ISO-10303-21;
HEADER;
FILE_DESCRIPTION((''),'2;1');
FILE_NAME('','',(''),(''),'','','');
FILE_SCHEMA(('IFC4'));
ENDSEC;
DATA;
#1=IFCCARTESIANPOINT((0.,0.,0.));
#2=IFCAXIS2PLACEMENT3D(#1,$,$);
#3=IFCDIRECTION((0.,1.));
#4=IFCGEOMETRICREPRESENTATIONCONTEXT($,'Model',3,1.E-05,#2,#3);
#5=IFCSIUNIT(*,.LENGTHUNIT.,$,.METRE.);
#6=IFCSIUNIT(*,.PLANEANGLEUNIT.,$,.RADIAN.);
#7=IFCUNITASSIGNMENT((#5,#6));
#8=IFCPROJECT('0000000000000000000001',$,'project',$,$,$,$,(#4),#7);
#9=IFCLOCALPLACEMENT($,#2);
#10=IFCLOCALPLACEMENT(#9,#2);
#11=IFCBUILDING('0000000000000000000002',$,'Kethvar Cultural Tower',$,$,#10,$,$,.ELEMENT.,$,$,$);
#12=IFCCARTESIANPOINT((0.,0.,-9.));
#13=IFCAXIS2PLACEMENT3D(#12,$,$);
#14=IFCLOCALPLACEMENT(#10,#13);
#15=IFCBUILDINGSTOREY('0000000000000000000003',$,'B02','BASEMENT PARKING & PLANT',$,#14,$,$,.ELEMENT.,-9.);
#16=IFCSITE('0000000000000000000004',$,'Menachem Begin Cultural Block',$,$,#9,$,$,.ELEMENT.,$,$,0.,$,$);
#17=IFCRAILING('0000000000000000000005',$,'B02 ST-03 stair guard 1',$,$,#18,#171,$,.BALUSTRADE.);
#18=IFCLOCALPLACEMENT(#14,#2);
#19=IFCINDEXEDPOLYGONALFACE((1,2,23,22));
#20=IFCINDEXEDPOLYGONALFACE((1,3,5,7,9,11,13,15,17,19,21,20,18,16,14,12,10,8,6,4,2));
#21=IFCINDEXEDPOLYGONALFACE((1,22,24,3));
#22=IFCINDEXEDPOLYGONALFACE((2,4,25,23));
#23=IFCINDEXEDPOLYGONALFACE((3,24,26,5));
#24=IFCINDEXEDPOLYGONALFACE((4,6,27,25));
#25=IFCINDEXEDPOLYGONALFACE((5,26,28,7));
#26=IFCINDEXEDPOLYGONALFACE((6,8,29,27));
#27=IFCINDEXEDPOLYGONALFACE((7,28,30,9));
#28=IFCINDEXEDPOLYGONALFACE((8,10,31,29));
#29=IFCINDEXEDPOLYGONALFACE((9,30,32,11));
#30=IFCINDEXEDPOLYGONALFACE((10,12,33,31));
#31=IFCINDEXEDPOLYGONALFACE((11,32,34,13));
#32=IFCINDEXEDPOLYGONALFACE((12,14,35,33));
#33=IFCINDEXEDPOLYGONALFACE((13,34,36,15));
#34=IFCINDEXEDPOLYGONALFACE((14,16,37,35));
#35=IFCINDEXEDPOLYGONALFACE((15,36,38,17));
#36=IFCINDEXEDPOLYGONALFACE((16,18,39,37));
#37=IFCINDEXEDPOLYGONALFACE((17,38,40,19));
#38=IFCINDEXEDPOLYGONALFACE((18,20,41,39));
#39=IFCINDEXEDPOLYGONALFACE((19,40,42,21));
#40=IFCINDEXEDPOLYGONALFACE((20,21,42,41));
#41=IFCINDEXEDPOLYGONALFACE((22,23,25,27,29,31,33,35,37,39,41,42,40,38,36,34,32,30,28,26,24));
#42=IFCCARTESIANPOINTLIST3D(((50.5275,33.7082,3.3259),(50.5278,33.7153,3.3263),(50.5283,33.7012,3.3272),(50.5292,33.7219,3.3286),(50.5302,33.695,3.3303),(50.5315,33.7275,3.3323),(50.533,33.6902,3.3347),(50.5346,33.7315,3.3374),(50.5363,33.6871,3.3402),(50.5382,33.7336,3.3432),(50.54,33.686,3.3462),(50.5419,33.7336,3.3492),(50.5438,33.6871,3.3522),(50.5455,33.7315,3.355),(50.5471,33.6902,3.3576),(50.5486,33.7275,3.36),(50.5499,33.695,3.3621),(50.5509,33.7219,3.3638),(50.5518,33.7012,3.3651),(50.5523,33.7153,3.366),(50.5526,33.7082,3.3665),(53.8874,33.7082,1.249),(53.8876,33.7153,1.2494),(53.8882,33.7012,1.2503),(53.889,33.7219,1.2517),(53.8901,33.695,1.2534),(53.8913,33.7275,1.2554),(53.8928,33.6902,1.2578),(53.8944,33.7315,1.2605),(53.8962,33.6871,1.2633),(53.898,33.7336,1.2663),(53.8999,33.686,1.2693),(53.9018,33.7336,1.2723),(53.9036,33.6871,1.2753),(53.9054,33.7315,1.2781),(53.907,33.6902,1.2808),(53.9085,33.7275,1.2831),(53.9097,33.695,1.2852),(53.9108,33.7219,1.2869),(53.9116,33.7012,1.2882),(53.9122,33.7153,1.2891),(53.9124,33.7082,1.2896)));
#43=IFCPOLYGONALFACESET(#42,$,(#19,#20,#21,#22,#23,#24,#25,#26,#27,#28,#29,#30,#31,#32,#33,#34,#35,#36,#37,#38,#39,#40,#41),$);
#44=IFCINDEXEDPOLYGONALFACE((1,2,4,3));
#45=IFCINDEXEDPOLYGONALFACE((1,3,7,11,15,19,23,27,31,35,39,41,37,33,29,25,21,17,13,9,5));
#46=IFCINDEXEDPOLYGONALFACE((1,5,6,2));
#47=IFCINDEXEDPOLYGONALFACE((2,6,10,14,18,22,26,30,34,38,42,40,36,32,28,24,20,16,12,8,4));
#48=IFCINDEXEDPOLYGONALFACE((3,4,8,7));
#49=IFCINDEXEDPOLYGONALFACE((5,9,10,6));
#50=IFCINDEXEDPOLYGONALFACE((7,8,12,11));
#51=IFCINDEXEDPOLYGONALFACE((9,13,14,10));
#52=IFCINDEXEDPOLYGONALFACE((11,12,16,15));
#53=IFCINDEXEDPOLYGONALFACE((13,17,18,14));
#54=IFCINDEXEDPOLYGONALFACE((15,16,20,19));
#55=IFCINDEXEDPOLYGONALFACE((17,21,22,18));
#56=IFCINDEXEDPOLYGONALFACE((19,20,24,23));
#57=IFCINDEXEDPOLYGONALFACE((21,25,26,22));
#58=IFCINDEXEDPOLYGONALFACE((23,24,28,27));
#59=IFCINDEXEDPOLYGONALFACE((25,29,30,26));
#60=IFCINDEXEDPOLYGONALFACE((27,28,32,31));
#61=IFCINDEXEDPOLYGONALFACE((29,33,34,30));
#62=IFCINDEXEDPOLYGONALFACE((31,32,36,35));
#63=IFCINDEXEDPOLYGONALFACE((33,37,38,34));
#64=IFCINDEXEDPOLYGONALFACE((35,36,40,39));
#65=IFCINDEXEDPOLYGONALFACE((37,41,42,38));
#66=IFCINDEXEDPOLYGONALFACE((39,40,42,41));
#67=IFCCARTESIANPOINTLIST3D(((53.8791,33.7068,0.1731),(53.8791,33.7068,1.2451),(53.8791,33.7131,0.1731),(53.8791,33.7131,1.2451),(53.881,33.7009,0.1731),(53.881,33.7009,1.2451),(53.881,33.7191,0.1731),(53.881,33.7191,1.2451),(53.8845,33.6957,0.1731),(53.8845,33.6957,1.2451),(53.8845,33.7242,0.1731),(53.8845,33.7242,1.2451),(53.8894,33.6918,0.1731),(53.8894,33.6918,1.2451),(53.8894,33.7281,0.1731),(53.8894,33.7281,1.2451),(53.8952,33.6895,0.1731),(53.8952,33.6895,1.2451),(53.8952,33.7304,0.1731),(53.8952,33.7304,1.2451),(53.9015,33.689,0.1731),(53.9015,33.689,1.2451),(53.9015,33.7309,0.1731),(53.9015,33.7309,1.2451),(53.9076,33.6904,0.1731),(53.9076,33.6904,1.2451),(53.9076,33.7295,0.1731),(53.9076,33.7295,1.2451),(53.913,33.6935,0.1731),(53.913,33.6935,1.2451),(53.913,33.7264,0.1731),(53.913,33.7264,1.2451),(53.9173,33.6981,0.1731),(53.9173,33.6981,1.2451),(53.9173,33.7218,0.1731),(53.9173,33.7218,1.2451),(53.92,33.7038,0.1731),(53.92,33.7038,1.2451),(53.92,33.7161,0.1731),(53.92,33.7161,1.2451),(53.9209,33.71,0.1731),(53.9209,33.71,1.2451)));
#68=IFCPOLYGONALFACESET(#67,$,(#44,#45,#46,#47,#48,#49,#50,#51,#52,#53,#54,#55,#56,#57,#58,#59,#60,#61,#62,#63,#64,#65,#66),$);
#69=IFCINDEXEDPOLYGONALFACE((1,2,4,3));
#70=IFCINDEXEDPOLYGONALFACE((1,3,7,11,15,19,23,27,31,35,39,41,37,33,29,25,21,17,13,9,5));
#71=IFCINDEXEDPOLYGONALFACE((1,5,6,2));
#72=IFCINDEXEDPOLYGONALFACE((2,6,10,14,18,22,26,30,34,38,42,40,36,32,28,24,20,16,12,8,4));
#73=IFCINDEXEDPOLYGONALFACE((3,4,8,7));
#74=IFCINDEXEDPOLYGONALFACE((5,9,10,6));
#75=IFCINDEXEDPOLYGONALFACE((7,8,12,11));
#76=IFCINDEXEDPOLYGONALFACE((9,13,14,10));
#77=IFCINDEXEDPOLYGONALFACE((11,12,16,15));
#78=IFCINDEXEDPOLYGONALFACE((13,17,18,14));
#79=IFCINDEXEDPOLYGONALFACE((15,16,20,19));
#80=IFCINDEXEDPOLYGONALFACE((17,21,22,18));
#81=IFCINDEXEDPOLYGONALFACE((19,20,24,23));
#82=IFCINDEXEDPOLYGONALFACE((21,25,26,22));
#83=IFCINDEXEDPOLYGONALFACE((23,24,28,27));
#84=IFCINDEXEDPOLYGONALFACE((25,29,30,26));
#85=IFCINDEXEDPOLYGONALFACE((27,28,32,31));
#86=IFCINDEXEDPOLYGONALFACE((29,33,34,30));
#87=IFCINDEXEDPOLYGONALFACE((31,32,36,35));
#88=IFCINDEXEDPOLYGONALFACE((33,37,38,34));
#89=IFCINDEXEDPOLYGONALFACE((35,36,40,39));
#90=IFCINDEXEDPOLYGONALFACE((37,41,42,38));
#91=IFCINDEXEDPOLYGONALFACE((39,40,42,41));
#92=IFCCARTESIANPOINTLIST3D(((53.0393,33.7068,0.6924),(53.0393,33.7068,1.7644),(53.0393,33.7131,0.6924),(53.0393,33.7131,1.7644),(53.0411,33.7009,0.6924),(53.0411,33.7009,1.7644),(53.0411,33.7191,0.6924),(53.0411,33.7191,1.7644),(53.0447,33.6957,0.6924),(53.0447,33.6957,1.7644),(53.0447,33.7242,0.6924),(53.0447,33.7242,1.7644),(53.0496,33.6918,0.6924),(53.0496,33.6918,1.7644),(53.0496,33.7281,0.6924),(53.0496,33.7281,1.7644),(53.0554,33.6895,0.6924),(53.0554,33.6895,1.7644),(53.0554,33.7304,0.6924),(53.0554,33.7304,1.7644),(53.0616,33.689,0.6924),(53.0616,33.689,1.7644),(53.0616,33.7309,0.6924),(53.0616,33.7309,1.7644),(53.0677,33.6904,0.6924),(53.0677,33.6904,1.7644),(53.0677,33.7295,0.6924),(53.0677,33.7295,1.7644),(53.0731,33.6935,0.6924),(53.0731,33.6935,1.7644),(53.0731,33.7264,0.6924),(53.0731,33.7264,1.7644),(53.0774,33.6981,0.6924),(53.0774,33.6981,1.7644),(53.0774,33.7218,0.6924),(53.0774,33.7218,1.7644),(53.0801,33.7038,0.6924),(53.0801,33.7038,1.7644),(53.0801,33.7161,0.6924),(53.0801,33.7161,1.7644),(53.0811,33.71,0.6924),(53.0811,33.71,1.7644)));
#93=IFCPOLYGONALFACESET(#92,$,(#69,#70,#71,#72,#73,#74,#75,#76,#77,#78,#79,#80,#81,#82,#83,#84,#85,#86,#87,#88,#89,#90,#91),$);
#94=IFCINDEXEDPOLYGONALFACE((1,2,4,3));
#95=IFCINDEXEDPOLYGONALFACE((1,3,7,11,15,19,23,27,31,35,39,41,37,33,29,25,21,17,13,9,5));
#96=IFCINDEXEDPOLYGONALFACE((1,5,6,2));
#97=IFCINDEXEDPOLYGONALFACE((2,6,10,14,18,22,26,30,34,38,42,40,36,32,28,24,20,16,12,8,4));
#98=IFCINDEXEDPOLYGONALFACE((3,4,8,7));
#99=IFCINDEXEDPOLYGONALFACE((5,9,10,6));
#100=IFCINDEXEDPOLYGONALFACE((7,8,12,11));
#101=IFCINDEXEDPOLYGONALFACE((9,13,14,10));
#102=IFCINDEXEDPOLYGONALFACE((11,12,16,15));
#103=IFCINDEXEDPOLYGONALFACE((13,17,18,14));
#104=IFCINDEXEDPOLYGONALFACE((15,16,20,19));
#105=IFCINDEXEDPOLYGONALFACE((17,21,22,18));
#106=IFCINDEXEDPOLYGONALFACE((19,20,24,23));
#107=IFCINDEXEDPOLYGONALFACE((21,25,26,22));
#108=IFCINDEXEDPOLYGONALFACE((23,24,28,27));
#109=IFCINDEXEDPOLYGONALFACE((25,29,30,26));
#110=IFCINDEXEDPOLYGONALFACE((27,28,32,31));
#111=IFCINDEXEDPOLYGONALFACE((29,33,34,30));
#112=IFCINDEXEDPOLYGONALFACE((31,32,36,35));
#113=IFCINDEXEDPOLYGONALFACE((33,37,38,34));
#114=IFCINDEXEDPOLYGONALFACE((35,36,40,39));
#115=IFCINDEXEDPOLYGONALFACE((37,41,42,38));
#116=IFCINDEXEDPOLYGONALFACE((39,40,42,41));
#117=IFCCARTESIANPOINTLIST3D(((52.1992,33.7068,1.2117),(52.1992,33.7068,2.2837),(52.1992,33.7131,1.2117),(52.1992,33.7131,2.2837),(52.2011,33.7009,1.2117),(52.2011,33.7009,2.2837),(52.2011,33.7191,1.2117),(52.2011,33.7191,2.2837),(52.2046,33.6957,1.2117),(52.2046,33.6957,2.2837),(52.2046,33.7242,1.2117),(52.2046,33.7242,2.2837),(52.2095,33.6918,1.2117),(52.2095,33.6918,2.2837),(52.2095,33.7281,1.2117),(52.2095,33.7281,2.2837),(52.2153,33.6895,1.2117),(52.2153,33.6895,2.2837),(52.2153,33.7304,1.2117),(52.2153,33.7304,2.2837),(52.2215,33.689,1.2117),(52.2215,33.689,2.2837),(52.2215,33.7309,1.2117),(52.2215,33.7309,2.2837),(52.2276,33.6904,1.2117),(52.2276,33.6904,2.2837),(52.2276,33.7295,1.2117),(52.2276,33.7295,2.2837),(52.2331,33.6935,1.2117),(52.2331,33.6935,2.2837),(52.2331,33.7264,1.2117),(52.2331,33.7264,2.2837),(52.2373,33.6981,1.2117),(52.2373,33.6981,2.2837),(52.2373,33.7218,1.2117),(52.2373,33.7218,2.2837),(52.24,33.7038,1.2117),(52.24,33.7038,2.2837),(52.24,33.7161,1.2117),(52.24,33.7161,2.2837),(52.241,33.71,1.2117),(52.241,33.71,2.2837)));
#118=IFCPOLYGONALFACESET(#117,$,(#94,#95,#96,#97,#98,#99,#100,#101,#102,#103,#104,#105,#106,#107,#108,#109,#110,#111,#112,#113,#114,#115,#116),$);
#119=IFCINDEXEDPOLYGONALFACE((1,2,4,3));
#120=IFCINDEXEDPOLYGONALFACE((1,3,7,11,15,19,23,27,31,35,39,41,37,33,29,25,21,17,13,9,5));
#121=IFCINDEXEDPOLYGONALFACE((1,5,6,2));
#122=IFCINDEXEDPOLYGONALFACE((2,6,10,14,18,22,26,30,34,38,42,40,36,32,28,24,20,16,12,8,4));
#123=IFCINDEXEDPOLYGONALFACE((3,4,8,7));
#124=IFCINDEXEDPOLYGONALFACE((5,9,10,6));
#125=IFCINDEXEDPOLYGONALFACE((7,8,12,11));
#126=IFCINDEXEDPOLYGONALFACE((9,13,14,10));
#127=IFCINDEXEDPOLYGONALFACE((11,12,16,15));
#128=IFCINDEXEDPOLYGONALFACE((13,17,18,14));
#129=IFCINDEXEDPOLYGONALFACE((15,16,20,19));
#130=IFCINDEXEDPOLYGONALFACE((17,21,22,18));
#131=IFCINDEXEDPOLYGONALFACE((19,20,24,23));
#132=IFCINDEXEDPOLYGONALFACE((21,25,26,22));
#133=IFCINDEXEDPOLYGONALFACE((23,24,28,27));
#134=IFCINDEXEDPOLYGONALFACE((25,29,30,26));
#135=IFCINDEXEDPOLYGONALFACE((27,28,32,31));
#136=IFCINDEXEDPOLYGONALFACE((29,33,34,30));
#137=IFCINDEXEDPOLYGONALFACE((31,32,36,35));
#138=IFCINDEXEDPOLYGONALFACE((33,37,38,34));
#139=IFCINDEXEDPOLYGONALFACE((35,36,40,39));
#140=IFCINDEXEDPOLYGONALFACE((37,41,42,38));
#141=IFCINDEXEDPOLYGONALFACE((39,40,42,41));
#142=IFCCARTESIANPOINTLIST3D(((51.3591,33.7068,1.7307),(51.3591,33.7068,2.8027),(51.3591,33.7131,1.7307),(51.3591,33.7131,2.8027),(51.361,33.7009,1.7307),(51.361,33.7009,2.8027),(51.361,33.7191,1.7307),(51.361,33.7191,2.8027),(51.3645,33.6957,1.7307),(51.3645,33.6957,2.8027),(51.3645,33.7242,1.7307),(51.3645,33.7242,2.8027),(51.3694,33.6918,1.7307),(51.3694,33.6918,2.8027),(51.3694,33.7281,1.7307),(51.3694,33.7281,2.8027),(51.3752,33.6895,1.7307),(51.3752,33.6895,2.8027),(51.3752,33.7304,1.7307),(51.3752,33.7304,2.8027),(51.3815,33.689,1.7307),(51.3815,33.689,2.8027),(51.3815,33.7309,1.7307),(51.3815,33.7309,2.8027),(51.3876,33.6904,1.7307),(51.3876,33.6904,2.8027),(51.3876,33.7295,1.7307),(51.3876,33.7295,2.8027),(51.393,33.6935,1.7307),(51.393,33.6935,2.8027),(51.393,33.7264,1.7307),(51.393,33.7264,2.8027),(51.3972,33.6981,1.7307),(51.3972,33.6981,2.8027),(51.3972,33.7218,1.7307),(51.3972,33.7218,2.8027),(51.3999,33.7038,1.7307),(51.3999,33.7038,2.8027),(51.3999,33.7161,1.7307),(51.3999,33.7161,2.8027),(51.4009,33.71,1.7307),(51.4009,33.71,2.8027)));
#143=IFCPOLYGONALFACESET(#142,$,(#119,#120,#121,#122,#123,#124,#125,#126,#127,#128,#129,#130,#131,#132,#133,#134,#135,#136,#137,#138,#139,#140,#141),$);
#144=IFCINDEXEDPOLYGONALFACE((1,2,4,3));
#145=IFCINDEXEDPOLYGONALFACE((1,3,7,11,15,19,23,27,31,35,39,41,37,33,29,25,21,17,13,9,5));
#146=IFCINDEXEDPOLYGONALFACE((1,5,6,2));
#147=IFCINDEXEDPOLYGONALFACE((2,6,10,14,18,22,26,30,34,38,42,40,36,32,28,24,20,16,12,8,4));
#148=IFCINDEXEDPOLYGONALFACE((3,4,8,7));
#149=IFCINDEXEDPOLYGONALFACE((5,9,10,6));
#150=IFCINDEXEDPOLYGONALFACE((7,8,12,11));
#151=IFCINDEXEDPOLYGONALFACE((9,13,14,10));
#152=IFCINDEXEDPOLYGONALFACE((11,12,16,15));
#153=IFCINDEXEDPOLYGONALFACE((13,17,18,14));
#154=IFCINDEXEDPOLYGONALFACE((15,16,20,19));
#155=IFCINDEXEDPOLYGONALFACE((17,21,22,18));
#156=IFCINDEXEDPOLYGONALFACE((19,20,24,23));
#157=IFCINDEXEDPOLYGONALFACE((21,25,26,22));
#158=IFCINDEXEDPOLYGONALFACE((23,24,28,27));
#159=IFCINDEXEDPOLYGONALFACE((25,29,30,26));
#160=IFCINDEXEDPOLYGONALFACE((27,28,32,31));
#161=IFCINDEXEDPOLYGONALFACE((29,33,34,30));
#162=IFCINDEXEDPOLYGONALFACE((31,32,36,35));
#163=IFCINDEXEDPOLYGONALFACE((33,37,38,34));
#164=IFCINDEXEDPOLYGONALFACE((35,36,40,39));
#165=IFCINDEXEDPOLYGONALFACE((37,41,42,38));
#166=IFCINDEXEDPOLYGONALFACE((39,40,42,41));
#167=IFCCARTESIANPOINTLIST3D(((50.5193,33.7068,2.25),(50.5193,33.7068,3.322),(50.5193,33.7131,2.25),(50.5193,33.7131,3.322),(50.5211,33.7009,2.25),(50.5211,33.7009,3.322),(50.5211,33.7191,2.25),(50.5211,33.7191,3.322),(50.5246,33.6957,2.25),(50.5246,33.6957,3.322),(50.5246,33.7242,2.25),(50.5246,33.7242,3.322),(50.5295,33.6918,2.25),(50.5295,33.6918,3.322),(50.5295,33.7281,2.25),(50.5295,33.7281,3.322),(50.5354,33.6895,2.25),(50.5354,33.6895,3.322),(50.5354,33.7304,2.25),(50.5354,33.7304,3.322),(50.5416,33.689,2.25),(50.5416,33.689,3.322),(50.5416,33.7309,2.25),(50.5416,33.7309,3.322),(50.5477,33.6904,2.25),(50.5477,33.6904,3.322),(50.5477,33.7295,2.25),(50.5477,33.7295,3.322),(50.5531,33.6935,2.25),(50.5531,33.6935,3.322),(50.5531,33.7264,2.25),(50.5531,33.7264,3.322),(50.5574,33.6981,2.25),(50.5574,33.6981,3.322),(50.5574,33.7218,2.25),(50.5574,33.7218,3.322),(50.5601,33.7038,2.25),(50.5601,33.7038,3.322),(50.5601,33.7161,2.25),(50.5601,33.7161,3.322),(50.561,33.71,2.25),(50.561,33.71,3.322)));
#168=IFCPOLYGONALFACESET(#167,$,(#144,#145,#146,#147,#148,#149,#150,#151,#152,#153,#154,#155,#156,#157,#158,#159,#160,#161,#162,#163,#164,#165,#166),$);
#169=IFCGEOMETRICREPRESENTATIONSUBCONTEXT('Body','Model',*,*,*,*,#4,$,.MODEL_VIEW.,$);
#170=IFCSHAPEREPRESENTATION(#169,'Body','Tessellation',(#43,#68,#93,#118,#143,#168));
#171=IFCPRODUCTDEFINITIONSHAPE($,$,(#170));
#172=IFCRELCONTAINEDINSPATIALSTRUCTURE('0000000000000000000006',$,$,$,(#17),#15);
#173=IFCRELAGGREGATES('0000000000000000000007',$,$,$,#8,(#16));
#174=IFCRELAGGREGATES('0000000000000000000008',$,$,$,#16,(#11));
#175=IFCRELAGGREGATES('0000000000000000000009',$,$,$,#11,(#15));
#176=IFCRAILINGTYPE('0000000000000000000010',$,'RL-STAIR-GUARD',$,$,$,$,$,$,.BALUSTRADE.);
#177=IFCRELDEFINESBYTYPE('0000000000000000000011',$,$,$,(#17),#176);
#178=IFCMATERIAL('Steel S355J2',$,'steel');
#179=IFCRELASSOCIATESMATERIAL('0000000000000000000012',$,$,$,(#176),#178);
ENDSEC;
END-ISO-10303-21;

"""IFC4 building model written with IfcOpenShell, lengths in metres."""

from ifc_helpers import new_model, si_unit, direction, frame, origin, origin_2d, place, context, subcontext, project, spatial, circle, extrude, material, type_object, element, save


model = new_model("IFC4")

# Units and contexts
model_context = context("Model", 3, precision=1e-05, world=origin(), true_north=direction((0.0, 1.0)))
body_context = subcontext(model_context, "Body", "Model", "MODEL_VIEW")
ifc_project = project(units=[si_unit("LENGTHUNIT", "METRE"), si_unit("PLANEANGLEUNIT", "RADIAN")], contexts=[model_context])

# Site, building, storey
site_placement = place(None, origin())
site = spatial("IfcSite", under=ifc_project, at=site_placement, Name="Menachem Begin Cultural Block", CompositionType="ELEMENT", RefElevation=0.0)
building_placement = place(site_placement, origin())
building = spatial("IfcBuilding", under=site, at=building_placement, Name="Kethvar Cultural Tower", CompositionType="ELEMENT")
storey_placement = place(building_placement, frame((0.0, 0.0, -9.0)))
storey = spatial("IfcBuildingStorey", under=building, at=storey_placement, Name="B02", Description="BASEMENT PARKING & PLANT", CompositionType="ELEMENT", Elevation=-9.0)

# Shared definitions
ifc_material_1 = material(Name="Steel S355J2", Category="steel")

# Railing
railing_type_1 = type_object("IfcRailingType", Name="RL-STAIR-GUARD", PredefinedType="BALUSTRADE", material=ifc_material_1)
railing_1_placement = place(storey_placement, frame((53.8999, 33.71, 0.1731)))
element("IfcRailing", 1, at=railing_1_placement, inside=storey, type_object=railing_type_1, Name="B02 ST-03 stair guard 1", PredefinedType="BALUSTRADE", context=body_context, shape_type="SweptSolid", body=[
    extrude(circle(Radius=0.0239, at=origin_2d()), frame((0.0, 0.0, 1.0962), z_axis=(-0.850606, 0.0, 0.525803), x_axis=(0.0, -1.0, 0.0)), (0.0, 0.0, 1.0), 3.95),
    extrude(circle(Radius=0.021, at=origin_2d()), origin(), (0.0, 0.0, 1.0), 1.072),
    extrude(circle(Radius=0.021, at=origin_2d()), frame((-0.8398, 0.0, 0.5193)), (0.0, 0.0, 1.0), 1.072),
    extrude(circle(Radius=0.021, at=origin_2d()), frame((-1.6799, 0.0, 1.0386)), (0.0, 0.0, 1.0), 1.072),
    extrude(circle(Radius=0.021, at=origin_2d()), frame((-2.52, 0.0, 1.5576)), (0.0, 0.0, 1.0), 1.072),
    extrude(circle(Radius=0.021, at=origin_2d()), frame((-3.3599, 0.0, 2.0769)), (0.0, 0.0, 1.0), 1.072),
])

save(model, "model.ifc")
